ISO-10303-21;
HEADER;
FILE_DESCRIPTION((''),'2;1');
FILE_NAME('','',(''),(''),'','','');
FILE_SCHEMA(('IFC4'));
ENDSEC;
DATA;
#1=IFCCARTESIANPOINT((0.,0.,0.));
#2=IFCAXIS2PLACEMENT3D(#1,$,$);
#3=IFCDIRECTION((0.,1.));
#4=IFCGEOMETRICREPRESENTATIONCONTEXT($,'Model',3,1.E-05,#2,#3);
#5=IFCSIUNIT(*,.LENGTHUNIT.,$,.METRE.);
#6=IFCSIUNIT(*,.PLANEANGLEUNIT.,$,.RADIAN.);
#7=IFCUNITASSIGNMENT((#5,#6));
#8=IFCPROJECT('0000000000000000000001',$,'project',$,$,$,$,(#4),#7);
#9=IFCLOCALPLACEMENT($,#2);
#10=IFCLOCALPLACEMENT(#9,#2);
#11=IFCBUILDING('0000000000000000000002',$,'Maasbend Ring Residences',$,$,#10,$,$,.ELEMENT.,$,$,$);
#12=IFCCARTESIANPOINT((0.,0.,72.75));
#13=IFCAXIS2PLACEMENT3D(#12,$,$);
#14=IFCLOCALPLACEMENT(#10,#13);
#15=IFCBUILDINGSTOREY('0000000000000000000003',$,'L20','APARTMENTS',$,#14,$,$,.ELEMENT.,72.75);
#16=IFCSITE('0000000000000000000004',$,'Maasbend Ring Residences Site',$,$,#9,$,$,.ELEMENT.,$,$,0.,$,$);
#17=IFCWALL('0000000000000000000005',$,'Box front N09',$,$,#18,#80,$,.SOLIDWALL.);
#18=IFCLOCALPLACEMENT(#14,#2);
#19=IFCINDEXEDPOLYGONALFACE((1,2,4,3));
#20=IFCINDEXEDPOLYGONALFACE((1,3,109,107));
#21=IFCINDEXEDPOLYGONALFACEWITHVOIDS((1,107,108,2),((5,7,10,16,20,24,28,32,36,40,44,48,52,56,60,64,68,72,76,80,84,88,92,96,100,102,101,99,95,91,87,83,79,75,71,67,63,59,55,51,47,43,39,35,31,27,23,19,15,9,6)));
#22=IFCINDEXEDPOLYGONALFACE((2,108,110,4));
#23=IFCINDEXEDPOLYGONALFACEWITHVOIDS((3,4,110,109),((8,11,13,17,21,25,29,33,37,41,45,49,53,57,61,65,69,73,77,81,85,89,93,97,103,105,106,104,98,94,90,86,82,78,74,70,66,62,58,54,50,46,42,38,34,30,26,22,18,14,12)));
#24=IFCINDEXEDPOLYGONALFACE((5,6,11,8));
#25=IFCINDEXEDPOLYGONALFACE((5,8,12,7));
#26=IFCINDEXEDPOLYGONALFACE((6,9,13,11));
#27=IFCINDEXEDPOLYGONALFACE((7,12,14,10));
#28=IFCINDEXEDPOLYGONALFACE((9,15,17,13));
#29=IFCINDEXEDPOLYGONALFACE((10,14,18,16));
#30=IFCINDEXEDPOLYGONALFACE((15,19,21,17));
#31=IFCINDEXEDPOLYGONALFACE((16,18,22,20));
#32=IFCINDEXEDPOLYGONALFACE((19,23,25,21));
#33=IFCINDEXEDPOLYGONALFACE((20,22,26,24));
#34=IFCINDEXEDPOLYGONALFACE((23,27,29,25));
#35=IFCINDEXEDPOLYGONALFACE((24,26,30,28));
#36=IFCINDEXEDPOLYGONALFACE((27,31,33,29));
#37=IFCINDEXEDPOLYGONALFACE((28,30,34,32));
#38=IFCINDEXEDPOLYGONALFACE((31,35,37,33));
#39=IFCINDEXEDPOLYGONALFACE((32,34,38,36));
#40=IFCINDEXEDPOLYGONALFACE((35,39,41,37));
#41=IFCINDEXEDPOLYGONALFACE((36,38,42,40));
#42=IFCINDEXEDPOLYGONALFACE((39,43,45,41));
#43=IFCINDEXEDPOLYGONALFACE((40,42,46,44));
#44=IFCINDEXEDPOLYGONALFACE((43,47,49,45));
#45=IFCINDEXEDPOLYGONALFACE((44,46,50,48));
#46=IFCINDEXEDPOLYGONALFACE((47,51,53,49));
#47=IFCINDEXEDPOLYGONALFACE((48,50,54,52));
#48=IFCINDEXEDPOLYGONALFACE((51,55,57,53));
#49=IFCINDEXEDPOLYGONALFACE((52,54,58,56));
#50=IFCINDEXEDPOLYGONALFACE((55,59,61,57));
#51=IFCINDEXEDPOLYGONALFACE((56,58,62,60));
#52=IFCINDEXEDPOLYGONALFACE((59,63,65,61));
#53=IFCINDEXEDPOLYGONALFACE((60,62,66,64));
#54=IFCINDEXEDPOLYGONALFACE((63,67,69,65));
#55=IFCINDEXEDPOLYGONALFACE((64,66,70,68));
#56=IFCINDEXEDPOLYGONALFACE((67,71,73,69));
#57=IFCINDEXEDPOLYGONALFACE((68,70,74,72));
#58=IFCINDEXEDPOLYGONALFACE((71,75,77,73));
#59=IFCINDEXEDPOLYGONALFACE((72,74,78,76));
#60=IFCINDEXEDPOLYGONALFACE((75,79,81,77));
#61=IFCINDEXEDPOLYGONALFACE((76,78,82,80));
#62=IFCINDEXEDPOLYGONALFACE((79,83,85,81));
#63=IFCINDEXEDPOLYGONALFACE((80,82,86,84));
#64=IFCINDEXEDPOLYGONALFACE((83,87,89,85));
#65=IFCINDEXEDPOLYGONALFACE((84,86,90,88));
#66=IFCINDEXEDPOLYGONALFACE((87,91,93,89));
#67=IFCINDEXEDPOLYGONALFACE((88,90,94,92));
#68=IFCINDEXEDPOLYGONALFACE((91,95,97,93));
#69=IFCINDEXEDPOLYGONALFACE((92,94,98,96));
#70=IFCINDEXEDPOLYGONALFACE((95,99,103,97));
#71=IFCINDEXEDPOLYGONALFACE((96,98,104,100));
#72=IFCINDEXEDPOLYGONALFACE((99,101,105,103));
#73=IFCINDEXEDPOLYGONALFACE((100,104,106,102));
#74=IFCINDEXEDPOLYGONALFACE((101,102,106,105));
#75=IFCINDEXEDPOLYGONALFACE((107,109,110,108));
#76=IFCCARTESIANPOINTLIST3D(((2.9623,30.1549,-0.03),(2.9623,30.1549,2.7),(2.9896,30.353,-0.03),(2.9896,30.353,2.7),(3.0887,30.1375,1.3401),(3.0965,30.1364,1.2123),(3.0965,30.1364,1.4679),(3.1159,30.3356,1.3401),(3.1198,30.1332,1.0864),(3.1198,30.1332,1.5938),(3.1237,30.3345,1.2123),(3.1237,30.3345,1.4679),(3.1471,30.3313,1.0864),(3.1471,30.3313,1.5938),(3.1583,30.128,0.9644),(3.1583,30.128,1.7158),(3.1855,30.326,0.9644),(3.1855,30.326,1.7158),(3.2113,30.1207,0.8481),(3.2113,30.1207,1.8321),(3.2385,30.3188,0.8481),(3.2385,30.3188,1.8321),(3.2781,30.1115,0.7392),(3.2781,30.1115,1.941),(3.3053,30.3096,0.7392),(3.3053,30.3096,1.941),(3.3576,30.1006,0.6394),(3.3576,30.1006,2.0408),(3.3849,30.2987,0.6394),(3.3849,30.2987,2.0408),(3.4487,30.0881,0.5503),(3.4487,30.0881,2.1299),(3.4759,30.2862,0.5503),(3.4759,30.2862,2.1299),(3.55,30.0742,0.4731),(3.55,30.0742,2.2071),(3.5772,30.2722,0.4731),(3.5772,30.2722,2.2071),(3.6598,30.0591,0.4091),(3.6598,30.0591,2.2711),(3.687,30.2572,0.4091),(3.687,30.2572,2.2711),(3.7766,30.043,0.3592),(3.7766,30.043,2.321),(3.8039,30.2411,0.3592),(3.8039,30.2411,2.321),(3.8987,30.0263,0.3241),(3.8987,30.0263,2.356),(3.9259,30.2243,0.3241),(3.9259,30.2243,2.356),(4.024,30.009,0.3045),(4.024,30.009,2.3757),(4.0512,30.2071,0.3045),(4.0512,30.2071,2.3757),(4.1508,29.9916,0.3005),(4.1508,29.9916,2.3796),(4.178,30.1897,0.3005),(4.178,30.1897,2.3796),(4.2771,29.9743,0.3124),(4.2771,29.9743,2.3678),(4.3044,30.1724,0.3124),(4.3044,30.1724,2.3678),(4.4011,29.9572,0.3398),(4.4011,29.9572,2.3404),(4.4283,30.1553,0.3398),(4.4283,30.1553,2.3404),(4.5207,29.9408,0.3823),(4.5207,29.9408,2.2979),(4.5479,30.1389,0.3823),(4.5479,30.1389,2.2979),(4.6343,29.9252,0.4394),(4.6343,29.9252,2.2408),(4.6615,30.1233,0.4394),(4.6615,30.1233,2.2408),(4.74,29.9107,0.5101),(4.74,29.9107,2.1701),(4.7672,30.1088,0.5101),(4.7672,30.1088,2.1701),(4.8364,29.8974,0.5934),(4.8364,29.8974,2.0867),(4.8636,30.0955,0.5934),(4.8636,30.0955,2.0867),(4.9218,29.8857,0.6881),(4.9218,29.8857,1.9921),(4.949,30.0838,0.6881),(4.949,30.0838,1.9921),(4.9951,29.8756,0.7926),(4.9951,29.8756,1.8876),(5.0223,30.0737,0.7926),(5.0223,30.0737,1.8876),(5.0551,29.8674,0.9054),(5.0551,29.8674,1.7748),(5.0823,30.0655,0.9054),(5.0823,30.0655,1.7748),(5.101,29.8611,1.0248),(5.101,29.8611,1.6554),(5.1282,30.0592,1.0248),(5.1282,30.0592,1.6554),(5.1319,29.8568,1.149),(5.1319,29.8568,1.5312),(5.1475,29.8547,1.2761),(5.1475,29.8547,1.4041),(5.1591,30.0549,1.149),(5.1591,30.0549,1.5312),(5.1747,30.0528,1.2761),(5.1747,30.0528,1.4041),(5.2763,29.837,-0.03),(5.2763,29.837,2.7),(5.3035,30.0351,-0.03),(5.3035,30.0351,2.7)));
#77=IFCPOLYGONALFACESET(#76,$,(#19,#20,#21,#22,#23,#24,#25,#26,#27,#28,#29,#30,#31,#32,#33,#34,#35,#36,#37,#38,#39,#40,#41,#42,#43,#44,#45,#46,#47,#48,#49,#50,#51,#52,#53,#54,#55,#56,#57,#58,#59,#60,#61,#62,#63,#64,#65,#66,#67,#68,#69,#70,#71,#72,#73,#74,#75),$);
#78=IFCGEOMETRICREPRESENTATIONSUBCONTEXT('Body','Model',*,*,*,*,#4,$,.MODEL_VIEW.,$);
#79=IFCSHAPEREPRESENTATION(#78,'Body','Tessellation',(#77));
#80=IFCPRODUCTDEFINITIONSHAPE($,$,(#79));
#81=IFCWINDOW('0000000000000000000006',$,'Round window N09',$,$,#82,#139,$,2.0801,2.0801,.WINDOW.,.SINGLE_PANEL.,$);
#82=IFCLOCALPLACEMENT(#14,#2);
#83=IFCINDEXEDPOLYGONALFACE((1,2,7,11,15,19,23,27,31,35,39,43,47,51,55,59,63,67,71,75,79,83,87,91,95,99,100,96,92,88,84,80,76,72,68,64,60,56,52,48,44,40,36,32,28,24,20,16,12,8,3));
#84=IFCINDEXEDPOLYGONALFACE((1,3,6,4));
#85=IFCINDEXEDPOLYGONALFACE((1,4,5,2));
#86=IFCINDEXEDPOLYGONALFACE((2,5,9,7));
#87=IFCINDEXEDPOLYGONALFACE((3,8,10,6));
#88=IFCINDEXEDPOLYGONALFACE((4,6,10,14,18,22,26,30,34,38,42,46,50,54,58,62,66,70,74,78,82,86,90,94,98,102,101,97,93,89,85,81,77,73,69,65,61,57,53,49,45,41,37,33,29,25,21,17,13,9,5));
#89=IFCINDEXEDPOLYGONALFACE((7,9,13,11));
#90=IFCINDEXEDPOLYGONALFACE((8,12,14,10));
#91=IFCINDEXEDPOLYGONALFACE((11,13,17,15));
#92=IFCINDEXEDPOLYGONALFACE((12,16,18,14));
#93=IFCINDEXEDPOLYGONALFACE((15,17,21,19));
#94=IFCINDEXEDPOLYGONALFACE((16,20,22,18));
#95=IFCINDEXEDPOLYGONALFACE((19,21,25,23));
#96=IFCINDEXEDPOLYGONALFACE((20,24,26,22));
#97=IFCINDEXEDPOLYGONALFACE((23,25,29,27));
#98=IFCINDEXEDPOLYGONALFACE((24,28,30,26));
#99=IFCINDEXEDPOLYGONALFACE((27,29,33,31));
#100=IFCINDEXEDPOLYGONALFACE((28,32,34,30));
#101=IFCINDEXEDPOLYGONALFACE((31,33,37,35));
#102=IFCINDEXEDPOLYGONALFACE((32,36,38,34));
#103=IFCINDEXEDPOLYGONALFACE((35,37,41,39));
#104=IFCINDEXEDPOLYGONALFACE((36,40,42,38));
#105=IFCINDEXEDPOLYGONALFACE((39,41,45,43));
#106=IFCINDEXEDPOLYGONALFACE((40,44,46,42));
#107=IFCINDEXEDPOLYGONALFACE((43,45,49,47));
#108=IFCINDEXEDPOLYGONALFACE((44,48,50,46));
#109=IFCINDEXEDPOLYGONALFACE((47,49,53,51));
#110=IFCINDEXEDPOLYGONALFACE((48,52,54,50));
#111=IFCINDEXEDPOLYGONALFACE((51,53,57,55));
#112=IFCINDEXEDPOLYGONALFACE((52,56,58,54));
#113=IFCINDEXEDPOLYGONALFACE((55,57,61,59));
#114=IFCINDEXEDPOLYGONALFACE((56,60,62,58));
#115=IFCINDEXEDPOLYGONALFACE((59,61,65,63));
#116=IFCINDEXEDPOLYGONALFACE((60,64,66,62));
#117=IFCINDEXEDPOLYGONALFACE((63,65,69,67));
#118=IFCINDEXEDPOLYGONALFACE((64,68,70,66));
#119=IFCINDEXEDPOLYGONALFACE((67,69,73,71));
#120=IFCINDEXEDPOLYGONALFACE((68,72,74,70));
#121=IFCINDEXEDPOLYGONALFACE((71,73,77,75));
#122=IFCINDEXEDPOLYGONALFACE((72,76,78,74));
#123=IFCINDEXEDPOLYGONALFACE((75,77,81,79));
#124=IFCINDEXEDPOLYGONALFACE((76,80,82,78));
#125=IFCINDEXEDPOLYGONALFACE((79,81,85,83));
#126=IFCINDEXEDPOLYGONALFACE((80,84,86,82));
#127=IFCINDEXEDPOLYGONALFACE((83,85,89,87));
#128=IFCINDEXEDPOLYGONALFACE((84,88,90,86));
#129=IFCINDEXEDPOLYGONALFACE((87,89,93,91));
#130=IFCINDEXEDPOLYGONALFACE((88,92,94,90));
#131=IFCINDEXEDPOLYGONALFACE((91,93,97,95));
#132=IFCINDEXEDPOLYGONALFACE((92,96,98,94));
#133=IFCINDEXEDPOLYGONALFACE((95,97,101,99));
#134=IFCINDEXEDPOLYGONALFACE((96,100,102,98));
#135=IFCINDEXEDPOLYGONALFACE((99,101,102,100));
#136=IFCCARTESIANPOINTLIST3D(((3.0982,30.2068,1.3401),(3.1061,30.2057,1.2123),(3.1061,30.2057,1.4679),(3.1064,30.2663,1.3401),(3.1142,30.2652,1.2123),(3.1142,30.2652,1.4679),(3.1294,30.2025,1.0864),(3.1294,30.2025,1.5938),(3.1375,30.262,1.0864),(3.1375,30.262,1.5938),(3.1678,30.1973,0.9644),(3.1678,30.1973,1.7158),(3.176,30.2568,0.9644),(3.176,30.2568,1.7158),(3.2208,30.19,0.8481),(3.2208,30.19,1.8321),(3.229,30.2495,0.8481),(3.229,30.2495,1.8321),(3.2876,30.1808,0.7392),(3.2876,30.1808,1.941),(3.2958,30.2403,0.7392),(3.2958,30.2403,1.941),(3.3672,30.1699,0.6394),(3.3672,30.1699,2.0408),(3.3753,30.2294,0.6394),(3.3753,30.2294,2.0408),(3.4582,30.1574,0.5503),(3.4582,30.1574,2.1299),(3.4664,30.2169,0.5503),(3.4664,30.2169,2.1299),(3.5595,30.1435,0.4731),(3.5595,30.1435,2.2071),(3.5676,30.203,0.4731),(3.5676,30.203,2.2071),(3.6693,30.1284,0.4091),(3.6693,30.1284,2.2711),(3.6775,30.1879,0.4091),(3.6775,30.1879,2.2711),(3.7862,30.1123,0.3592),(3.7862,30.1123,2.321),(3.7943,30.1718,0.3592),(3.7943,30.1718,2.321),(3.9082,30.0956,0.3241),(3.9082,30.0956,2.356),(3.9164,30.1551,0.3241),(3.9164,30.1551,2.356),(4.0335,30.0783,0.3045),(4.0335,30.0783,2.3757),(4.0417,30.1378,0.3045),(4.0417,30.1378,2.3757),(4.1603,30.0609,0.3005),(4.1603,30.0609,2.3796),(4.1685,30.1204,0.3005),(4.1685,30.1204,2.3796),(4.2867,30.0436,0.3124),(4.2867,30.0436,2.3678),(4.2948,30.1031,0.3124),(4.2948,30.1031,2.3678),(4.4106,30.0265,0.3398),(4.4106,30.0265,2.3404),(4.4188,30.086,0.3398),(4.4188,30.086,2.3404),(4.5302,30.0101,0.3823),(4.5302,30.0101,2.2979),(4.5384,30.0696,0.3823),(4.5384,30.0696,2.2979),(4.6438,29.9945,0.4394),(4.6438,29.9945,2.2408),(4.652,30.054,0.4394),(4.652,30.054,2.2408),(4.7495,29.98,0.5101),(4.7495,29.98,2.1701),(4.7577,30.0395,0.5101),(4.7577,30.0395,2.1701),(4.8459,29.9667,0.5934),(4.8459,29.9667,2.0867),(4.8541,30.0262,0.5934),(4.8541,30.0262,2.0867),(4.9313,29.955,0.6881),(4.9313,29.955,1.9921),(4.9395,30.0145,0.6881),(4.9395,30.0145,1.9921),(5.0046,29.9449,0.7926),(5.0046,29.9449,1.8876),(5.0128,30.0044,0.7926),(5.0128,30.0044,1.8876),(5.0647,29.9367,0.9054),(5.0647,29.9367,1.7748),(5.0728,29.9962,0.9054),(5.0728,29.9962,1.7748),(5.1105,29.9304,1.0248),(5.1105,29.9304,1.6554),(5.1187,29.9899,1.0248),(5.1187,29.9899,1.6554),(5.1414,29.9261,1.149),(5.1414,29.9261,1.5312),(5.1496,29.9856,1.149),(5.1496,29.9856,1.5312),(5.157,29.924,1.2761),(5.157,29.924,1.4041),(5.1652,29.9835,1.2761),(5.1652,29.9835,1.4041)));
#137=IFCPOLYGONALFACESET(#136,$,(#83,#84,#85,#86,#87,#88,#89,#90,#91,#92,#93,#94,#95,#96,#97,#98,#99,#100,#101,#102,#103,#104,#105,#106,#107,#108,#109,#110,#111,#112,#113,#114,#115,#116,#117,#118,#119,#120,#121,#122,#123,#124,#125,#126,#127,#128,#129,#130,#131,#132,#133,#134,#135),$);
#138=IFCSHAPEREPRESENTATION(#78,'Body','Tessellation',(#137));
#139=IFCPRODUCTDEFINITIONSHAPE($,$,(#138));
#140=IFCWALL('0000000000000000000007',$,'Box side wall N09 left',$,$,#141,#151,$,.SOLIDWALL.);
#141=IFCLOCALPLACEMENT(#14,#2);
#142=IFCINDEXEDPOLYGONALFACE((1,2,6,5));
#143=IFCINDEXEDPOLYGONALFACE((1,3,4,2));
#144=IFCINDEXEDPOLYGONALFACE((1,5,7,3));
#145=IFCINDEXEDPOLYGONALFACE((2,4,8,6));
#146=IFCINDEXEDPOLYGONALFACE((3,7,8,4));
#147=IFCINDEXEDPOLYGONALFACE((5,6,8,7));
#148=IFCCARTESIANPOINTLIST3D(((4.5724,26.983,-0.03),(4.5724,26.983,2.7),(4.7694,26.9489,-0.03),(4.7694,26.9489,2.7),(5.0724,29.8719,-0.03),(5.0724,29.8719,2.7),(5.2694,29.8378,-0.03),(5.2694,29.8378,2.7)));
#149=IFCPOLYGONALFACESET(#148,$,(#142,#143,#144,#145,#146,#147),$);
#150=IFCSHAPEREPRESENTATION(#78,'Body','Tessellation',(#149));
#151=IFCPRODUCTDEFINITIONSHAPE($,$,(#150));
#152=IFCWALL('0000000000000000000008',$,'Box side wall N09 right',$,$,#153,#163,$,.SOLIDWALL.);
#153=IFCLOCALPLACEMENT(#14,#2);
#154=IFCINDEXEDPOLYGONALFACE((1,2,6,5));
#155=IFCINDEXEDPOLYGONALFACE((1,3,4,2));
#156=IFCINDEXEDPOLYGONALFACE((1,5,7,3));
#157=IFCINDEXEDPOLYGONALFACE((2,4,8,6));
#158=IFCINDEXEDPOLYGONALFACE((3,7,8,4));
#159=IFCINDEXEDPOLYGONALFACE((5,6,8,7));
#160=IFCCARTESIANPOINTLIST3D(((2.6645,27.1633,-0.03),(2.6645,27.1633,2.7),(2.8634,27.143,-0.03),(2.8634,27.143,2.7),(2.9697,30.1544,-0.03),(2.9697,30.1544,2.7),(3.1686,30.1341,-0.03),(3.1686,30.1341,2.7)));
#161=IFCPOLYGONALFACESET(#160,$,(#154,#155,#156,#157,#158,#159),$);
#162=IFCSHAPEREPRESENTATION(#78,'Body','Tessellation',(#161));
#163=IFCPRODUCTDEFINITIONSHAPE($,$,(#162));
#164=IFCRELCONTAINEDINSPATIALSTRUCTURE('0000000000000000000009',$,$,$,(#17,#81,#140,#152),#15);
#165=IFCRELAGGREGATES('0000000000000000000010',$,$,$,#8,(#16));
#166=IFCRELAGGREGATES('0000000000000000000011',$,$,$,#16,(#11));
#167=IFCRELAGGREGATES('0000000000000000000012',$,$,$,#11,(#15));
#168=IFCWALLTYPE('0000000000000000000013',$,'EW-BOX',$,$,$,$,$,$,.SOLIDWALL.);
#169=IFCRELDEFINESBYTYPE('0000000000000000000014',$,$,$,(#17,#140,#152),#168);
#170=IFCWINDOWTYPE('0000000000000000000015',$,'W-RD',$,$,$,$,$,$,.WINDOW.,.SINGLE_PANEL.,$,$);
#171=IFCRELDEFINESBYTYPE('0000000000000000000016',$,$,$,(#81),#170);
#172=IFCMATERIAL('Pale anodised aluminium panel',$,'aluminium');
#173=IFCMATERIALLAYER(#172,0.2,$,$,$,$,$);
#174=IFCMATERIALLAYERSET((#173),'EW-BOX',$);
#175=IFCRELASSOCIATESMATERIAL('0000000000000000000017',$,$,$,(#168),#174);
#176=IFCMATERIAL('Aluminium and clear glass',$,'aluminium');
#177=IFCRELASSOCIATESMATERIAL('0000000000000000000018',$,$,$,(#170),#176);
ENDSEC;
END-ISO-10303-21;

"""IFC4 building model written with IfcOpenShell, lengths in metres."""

from ifc_helpers import new_model, si_unit, direction, frame, frame_2d, origin, place, context, subcontext, project, spatial, rectangle, circle, extrude, material, layer, layer_set, type_object, element, fill, save


model = new_model("IFC4")

# Units and contexts
model_context = context("Model", 3, precision=1e-05, world=origin(), true_north=direction((0.0, 1.0)))
body_context = subcontext(model_context, "Body", "Model", "MODEL_VIEW")
ifc_project = project(units=[si_unit("LENGTHUNIT", "METRE"), si_unit("PLANEANGLEUNIT", "RADIAN")], contexts=[model_context])

# Site, building, storey
site_placement = place(None, origin())
site = spatial("IfcSite", under=ifc_project, at=site_placement, Name="Maasbend Ring Residences Site", CompositionType="ELEMENT", RefElevation=0.0)
building_placement = place(site_placement, origin())
building = spatial("IfcBuilding", under=site, at=building_placement, Name="Maasbend Ring Residences", CompositionType="ELEMENT")
storey_placement = place(building_placement, frame((0.0, 0.0, 72.75)))
storey = spatial("IfcBuildingStorey", under=building, at=storey_placement, Name="L20", Description="APARTMENTS", CompositionType="ELEMENT", Elevation=72.75)

# Shared definitions
ifc_material_1 = material(Name="Pale anodised aluminium panel", Category="aluminium")
ifc_layer_1 = layer(ifc_material_1, 0.2)
ifc_layer_set_1 = layer_set([ifc_layer_1], Name="EW-BOX")
wall_type_1 = type_object("IfcWallType", Name="EW-BOX", PredefinedType="SOLIDWALL", material=ifc_layer_set_1)

# Wall, opening, window
wall_1_placement = place(storey_placement, frame((5.29, 29.936, -0.03), z_axis=(0.0, 0.0, 1.0), x_axis=(-0.990696, 0.136093, 0.0)))
wall_1 = element("IfcWall", 1, at=wall_1_placement, inside=storey, type_object=wall_type_1, Name="Box front N09", PredefinedType="SOLIDWALL", context=body_context, shape_type="SweptSolid", body=[
    extrude(rectangle(XDim=2.3357, YDim=0.2, at=frame_2d((1.168, 0.0))), origin(), (0.0, 0.0, 1.0), 2.73),
])
opening_1_placement = place(wall_1_placement, frame((0.1282, 0.0, 0.3301)))
opening_1 = element("IfcOpeningElement", 2, at=opening_1_placement, cuts=wall_1, PredefinedType="OPENING", context=body_context, shape_type="SweptSolid", body=[
    extrude(circle(Radius=1.04, at=frame_2d((1.04, 1.04))), frame((0.0, 0.1099, 0.0), z_axis=(0.0, -1.0, 0.0), x_axis=(1.0, 0.0, 0.0)), (0.0, 0.0, 1.0), 0.22),
])
ifc_material_2 = material(Name="Aluminium and clear glass", Category="aluminium")
window_type_1 = type_object("IfcWindowType", Name="W-RD", PartitioningType="SINGLE_PANEL", PredefinedType="WINDOW", material=ifc_material_2)
window_1_placement = place(opening_1_placement, origin())
window_1 = element("IfcWindow", 3, at=window_1_placement, inside=storey, type_object=window_type_1, Name="Round window N09", OverallHeight=2.0801, OverallWidth=2.0801, PartitioningType="SINGLE_PANEL", PredefinedType="WINDOW", context=body_context, shape_type="SweptSolid", body=[
    extrude(circle(Radius=1.04, at=frame_2d((1.04, 1.04))), frame((0.0, 0.03, 0.0), z_axis=(0.0, -1.0, 0.0), x_axis=(1.0, 0.0, 0.0)), (0.0, 0.0, 1.0), 0.0601),
])
fill(opening_1, window_1)

# Walls
wall_2_placement = place(storey_placement, frame((4.6709, 26.9661, -0.03), z_axis=(0.0, 0.0, 1.0), x_axis=(0.17054, 0.985351, 0.0)))
element("IfcWall", 4, at=wall_2_placement, inside=storey, type_object=wall_type_1, Name="Box side wall N09 left", PredefinedType="SOLIDWALL", context=body_context, shape_type="SweptSolid", body=[
    extrude(rectangle(XDim=2.9319, YDim=0.2, at=frame_2d((1.4658, 0.0))), origin(), (0.0, 0.0, 1.0), 2.73),
])
wall_3_placement = place(storey_placement, frame((2.7639, 27.1531, -0.03), z_axis=(0.0, 0.0, 1.0), x_axis=(0.101505, 0.994835, 0.0)))
element("IfcWall", 5, at=wall_3_placement, inside=storey, type_object=wall_type_1, Name="Box side wall N09 right", PredefinedType="SOLIDWALL", context=body_context, shape_type="SweptSolid", body=[
    extrude(rectangle(XDim=3.0066, YDim=0.2, at=frame_2d((1.5034, 0.0))), origin(), (0.0, 0.0, 1.0), 2.73),
])

save(model, "model.ifc")
